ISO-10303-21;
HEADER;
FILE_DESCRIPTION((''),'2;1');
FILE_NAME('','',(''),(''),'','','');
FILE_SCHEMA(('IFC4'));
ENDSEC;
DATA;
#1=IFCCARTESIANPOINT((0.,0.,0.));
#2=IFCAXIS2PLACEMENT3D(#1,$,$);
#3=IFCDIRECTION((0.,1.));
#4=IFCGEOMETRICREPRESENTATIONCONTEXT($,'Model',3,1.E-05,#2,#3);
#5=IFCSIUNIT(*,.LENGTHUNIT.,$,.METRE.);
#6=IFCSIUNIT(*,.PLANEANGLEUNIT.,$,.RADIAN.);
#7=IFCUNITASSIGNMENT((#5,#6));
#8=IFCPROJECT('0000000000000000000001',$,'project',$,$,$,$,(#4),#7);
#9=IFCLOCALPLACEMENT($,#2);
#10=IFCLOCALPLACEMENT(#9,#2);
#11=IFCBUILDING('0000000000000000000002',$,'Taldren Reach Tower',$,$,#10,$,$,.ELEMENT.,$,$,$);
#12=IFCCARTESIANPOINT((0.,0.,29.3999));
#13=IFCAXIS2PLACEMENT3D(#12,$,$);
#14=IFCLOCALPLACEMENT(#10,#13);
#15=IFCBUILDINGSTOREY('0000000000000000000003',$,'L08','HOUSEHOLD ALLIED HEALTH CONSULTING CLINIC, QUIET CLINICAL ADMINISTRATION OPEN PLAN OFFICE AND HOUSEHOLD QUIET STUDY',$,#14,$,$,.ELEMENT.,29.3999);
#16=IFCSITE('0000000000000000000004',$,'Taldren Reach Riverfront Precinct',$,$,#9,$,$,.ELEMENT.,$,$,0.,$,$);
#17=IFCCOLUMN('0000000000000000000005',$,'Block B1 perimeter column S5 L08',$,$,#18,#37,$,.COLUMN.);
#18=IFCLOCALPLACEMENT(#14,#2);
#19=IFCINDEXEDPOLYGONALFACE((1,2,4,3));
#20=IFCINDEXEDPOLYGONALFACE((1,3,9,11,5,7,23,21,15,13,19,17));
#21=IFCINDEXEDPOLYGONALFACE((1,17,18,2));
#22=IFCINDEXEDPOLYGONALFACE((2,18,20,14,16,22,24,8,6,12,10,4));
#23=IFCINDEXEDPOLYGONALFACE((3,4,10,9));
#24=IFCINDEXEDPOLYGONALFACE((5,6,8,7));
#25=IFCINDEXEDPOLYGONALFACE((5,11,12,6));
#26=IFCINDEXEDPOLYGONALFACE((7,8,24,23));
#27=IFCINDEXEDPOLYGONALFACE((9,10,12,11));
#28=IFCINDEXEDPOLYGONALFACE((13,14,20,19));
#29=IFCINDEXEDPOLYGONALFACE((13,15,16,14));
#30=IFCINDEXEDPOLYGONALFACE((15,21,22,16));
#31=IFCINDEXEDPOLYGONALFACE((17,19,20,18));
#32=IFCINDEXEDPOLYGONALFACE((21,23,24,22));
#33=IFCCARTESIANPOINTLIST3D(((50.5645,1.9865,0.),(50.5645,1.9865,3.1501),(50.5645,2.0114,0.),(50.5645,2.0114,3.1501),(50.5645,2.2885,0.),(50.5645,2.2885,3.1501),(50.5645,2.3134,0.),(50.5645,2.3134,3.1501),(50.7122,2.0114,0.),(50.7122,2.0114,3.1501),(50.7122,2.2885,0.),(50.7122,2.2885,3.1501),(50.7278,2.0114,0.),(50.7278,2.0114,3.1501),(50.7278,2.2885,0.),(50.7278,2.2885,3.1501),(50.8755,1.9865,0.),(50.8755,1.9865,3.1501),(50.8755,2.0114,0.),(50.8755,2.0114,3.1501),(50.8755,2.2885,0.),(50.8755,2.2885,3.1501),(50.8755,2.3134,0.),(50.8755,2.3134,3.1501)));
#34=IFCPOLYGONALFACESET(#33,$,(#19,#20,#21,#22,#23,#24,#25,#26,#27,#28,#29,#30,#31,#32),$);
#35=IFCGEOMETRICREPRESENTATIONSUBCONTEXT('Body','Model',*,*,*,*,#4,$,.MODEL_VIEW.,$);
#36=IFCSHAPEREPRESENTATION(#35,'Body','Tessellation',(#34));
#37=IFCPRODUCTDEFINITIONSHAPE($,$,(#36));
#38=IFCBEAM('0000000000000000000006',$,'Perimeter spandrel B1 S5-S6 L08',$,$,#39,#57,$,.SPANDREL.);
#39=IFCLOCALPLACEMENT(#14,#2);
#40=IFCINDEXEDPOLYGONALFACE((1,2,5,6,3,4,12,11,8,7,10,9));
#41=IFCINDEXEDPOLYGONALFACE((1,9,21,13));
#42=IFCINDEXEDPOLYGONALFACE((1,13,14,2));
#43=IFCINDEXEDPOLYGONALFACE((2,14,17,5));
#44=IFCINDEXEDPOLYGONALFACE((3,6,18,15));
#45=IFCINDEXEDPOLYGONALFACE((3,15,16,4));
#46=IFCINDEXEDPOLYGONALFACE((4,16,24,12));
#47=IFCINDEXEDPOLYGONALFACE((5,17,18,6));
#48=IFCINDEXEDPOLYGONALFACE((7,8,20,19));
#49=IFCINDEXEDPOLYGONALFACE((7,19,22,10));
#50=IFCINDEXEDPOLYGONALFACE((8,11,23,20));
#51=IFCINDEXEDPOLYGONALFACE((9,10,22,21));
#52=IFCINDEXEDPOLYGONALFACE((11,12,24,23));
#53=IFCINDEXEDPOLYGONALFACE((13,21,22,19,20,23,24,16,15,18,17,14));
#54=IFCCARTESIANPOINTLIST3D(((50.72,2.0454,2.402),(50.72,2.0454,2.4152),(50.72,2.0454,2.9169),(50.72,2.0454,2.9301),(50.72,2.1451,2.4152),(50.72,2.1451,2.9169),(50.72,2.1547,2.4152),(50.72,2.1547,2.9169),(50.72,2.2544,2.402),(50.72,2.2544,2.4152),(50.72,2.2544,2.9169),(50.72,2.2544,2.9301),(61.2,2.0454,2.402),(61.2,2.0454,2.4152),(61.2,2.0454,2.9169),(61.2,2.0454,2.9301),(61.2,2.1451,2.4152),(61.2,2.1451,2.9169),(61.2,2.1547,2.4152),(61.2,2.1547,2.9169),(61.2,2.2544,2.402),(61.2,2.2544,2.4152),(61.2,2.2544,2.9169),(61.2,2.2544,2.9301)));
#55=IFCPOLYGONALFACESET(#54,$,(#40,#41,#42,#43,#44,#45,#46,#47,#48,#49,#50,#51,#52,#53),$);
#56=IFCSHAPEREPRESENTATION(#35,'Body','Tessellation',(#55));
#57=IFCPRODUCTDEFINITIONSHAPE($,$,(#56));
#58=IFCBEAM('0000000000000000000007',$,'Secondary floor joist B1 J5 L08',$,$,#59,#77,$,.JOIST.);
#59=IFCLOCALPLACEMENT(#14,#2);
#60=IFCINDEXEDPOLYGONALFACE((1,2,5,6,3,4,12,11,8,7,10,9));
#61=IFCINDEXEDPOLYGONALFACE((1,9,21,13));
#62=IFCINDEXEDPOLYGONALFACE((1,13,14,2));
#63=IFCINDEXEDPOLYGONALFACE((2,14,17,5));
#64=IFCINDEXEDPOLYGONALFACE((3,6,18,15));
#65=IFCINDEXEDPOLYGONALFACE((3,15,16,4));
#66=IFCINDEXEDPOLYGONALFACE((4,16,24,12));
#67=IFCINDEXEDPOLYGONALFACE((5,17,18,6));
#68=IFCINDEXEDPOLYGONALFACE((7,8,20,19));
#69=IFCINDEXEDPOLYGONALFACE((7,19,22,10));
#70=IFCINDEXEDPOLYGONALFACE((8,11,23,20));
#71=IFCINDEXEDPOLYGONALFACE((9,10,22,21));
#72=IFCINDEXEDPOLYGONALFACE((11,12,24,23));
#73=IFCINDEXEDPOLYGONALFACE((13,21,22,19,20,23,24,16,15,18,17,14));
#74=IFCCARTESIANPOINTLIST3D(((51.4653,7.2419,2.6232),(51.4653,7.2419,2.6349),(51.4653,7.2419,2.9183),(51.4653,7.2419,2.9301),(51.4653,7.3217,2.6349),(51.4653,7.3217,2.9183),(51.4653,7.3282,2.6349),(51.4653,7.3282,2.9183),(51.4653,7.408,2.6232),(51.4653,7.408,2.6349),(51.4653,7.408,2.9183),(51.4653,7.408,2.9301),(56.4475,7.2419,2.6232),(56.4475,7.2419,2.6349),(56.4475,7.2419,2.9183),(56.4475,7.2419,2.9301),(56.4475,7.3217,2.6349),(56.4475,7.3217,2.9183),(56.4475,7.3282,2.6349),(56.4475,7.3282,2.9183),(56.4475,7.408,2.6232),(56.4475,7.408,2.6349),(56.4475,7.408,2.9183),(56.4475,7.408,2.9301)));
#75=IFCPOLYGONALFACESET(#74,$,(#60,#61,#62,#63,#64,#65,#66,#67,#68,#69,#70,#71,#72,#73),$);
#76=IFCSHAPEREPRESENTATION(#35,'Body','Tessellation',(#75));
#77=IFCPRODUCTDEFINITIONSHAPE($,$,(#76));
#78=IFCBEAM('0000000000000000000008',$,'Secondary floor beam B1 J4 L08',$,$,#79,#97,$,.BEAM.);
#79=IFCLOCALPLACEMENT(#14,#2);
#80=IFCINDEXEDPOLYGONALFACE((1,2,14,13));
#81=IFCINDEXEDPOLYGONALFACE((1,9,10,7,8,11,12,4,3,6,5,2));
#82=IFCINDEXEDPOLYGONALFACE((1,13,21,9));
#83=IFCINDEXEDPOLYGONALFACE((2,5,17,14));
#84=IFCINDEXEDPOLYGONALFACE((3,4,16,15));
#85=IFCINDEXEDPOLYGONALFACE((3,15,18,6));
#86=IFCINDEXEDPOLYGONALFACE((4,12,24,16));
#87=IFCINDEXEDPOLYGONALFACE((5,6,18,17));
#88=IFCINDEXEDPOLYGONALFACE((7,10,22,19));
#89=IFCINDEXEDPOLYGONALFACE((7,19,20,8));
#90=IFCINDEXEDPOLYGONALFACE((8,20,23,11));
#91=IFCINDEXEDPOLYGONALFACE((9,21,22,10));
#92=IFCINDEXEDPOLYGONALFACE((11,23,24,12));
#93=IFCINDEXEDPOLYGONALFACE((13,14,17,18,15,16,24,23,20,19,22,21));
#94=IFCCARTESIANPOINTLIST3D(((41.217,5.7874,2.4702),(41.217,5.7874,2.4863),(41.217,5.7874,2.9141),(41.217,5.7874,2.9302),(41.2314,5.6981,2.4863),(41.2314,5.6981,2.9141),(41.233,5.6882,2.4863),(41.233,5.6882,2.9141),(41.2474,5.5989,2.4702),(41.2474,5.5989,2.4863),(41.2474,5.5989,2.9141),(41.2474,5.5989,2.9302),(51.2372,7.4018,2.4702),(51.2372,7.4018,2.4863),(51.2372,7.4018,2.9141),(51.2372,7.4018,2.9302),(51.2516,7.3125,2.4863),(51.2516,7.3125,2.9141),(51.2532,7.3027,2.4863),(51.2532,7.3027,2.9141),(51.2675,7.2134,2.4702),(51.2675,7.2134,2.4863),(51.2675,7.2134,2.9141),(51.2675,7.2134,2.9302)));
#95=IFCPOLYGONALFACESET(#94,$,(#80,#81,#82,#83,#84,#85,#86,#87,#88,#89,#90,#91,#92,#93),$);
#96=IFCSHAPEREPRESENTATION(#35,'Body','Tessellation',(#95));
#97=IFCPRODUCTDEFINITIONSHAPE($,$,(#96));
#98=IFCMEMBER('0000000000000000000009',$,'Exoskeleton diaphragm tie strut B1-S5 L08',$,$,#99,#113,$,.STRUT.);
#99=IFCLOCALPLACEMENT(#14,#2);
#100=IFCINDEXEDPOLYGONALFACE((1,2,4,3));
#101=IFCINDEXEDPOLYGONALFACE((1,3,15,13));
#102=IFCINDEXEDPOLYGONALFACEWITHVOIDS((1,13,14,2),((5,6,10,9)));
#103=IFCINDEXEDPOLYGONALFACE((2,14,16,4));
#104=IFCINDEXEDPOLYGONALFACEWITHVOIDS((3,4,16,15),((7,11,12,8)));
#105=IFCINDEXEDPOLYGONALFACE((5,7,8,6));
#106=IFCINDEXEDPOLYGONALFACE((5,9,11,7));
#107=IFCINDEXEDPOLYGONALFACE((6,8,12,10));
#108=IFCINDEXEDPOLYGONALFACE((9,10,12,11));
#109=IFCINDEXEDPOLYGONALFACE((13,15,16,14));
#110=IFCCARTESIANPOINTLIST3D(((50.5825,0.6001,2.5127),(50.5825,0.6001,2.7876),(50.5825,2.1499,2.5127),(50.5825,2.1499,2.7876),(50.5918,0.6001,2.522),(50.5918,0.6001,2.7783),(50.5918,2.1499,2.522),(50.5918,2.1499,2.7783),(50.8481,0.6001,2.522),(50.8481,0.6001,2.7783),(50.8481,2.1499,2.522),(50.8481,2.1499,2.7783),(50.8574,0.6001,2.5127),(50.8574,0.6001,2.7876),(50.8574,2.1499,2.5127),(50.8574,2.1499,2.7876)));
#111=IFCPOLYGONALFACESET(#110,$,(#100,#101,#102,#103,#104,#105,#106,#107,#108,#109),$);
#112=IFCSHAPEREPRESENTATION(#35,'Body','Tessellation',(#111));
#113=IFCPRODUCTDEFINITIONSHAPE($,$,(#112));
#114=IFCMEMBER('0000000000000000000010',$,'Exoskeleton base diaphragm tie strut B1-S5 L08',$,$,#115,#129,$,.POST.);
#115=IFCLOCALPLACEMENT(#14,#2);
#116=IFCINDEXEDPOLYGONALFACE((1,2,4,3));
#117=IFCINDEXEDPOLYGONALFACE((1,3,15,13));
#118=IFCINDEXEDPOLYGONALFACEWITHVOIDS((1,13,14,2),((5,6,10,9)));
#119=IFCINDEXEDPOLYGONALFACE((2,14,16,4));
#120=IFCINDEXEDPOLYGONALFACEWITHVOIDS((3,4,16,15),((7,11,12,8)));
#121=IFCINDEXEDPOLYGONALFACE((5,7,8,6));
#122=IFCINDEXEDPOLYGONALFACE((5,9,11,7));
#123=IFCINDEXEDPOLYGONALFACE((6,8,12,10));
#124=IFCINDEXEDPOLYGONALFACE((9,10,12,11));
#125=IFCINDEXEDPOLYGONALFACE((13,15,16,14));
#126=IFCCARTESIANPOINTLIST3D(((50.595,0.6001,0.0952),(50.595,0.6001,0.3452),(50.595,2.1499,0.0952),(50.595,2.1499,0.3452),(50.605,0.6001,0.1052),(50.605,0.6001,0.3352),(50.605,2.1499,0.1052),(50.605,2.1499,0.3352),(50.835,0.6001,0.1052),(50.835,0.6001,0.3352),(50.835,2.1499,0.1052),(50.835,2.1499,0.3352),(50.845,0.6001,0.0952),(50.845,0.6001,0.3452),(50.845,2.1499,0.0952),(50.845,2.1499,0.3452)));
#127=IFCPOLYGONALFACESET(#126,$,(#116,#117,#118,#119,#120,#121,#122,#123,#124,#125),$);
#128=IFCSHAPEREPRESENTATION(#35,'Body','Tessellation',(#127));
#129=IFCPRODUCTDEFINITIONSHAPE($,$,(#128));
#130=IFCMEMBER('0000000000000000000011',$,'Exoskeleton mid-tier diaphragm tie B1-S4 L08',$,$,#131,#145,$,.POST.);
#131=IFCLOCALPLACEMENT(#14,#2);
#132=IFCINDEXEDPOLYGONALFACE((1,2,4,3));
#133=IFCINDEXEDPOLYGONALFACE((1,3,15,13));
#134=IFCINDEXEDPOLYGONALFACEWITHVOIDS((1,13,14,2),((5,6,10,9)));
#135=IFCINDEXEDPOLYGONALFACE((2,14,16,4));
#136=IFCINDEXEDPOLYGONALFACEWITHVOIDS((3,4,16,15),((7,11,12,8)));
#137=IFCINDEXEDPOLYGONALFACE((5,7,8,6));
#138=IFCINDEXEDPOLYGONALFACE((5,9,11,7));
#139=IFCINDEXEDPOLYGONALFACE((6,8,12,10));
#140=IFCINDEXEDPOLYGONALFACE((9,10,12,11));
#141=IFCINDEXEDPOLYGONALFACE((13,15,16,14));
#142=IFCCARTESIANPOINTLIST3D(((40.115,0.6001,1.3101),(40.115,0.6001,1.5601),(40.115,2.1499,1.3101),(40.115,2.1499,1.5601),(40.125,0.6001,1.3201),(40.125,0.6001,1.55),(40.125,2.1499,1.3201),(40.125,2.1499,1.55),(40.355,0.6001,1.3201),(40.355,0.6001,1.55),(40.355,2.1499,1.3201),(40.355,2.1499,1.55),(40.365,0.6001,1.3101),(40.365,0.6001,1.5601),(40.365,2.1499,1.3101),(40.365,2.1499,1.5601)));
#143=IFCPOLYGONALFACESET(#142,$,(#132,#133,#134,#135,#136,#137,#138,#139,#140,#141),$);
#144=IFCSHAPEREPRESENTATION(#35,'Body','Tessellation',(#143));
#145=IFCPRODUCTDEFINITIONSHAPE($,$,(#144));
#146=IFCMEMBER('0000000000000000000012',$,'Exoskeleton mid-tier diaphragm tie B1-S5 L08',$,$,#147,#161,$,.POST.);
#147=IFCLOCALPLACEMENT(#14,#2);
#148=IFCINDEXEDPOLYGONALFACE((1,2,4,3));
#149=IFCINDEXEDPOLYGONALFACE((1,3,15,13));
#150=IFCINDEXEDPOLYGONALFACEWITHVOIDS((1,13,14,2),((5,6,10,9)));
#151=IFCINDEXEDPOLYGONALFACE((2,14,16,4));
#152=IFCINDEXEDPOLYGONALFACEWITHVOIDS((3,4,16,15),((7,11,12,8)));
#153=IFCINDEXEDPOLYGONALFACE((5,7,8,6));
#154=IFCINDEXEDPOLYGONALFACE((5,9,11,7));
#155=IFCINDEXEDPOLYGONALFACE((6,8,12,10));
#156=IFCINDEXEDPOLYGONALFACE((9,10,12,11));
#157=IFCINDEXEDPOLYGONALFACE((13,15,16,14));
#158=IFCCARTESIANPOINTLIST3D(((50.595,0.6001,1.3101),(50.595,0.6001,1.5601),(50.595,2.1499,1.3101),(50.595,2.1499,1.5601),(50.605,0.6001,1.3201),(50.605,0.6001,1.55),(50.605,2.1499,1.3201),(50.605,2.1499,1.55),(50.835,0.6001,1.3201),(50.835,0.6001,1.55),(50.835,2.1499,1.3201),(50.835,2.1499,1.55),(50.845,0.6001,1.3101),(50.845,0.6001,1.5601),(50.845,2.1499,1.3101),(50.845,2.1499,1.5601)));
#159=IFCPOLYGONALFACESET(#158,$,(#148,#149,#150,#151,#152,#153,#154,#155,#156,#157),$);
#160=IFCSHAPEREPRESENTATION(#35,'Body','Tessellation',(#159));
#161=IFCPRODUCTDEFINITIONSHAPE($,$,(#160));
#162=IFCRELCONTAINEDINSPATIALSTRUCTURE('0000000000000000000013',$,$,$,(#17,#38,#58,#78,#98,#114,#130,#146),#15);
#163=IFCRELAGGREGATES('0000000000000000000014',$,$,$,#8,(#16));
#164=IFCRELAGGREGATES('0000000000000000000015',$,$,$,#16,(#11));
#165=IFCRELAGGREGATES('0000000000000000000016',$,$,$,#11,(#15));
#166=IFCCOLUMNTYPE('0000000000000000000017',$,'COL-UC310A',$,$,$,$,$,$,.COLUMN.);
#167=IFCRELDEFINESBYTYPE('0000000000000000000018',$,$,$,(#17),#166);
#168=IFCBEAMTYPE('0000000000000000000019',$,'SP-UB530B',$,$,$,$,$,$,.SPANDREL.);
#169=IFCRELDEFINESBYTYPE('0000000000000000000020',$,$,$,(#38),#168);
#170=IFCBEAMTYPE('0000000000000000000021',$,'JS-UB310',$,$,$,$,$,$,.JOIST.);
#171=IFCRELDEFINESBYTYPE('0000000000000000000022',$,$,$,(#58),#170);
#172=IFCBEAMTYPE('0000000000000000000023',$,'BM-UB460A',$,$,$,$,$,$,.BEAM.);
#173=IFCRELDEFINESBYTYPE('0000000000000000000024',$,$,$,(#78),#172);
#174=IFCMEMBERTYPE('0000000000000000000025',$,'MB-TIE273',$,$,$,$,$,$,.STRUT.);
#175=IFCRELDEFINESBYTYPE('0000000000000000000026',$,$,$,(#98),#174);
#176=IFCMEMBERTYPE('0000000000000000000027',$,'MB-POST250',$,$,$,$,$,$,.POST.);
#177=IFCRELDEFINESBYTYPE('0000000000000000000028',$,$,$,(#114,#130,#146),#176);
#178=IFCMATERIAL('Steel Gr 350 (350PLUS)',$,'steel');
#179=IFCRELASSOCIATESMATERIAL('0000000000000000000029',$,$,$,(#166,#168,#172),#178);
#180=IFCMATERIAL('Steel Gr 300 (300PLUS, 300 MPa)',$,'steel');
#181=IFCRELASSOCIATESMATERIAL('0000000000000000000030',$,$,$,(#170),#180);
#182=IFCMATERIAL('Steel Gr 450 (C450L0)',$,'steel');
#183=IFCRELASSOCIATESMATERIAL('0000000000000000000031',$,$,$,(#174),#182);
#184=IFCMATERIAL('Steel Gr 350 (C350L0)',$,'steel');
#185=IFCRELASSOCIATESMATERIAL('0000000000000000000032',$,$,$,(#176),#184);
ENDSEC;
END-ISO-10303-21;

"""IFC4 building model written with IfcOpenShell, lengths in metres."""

from ifc_helpers import new_model, si_unit, direction, frame, origin, origin_2d, place, context, subcontext, project, spatial, hollow_rectangle, i_section, extrude, source, transform, mapped, material, material_profile, profile_set, type_object, element, save


model = new_model("IFC4")

# Units and contexts
model_context = context("Model", 3, precision=1e-05, world=origin(), true_north=direction((0.0, 1.0)))
body_context = subcontext(model_context, "Body", "Model", "MODEL_VIEW")
ifc_project = project(units=[si_unit("LENGTHUNIT", "METRE"), si_unit("PLANEANGLEUNIT", "RADIAN")], contexts=[model_context])

# Site, building, storey
site_placement = place(None, origin())
site = spatial("IfcSite", under=ifc_project, at=site_placement, Name="Taldren Reach Riverfront Precinct", CompositionType="ELEMENT", RefElevation=0.0)
building_placement = place(site_placement, origin())
building = spatial("IfcBuilding", under=site, at=building_placement, Name="Taldren Reach Tower", CompositionType="ELEMENT")
storey_placement = place(building_placement, frame((0.0, 0.0, 29.3999)))
storey = spatial("IfcBuildingStorey", under=building, at=storey_placement, Name="L08", Description="HOUSEHOLD ALLIED HEALTH CONSULTING CLINIC, QUIET CLINICAL ADMINISTRATION OPEN PLAN OFFICE AND HOUSEHOLD QUIET STUDY", CompositionType="ELEMENT", Elevation=29.3999)

# Column
ifc_material_1 = material(Name="Steel Gr 350 (350PLUS)", Category="steel")
ifc_material_profile_1 = material_profile(ifc_material_1, i_section(OverallWidth=0.311, OverallDepth=0.3269, WebThickness=0.0156, FlangeThickness=0.0249, at=origin_2d()), Name="310UC158")
ifc_profile_set_1 = profile_set([ifc_material_profile_1], Name="Steel Gr 350 (350PLUS)")
column_type = type_object("IfcColumnType", Name="COL-UC310A", PredefinedType="COLUMN", material=ifc_profile_set_1)
shared_shape_1 = source(origin(), body_context, "Body", "SweptSolid", [
    extrude(i_section(OverallWidth=0.311, OverallDepth=0.3269, WebThickness=0.0156, FlangeThickness=0.0249, at=origin_2d()), origin(), (0.0, 0.0, 1.0), 3.1501),
])
column_placement = place(storey_placement, frame((50.72, 2.1499, 0.0), z_axis=(0.0, 0.0, 1.0), x_axis=(1.0, 0.0, 0.0)))
element("IfcColumn", 1, at=column_placement, inside=storey, type_object=column_type, Name="Block B1 perimeter column S5 L08", PredefinedType="COLUMN", context=body_context, shape_type="MappedRepresentation", body=[
    mapped(shared_shape_1, transform((0.0, 0.0, 0.0), scale=1.0)),
])

# Beams
ifc_material_profile_2 = material_profile(ifc_material_1, i_section(OverallWidth=0.209, OverallDepth=0.5281, WebThickness=0.0095, FlangeThickness=0.0132, at=origin_2d()), Name="530UB82.0")
ifc_profile_set_2 = profile_set([ifc_material_profile_2], Name="Steel Gr 350 (350PLUS)")
beam_type_1 = type_object("IfcBeamType", Name="SP-UB530B", PredefinedType="SPANDREL", material=ifc_profile_set_2)
shared_shape_2 = source(origin(), body_context, "Body", "SweptSolid", [
    extrude(i_section(OverallWidth=0.209, OverallDepth=0.5281, WebThickness=0.0095, FlangeThickness=0.0132, at=origin_2d()), origin(), (0.0, 0.0, 1.0), 10.48),
])
beam_1_placement = place(storey_placement, frame((50.72, 2.1499, 2.666), z_axis=(1.0, 0.0, 0.0), x_axis=(0.0, 1.0, 0.0)))
element("IfcBeam", 2, at=beam_1_placement, inside=storey, type_object=beam_type_1, Name="Perimeter spandrel B1 S5-S6 L08", PredefinedType="SPANDREL", context=body_context, shape_type="MappedRepresentation", body=[
    mapped(shared_shape_2, transform((0.0, 0.0, 0.0), scale=1.0)),
])
ifc_material_2 = material(Name="Steel Gr 300 (300PLUS, 300 MPa)", Category="steel")
ifc_material_profile_3 = material_profile(ifc_material_2, i_section(OverallWidth=0.166, OverallDepth=0.3069, WebThickness=0.0066, FlangeThickness=0.0117, at=origin_2d()), Name="310UB46.2")
ifc_profile_set_3 = profile_set([ifc_material_profile_3], Name="Steel Gr 300 (300PLUS, 300 MPa)")
beam_type_2 = type_object("IfcBeamType", Name="JS-UB310", PredefinedType="JOIST", material=ifc_profile_set_3)
shared_shape_3 = source(origin(), body_context, "Body", "SweptSolid", [
    extrude(i_section(OverallWidth=0.166, OverallDepth=0.3069, WebThickness=0.0066, FlangeThickness=0.0117, at=origin_2d()), origin(), (0.0, 0.0, 1.0), 4.9822),
])
beam_2_placement = place(storey_placement, frame((51.4653, 7.325, 2.7766), z_axis=(1.0, 0.0, 0.0), x_axis=(0.0, 1.0, 0.0)))
element("IfcBeam", 3, at=beam_2_placement, inside=storey, type_object=beam_type_2, Name="Secondary floor joist B1 J5 L08", PredefinedType="JOIST", context=body_context, shape_type="MappedRepresentation", body=[
    mapped(shared_shape_3, transform((0.0, 0.0, 0.0), scale=1.0)),
])
ifc_material_profile_4 = material_profile(ifc_material_1, i_section(OverallWidth=0.1909, OverallDepth=0.46, WebThickness=0.01, FlangeThickness=0.0161, at=origin_2d()), Name="460UB82.1")
ifc_profile_set_4 = profile_set([ifc_material_profile_4], Name="Steel Gr 350 (350PLUS)")
beam_type_3 = type_object("IfcBeamType", Name="BM-UB460A", PredefinedType="BEAM", material=ifc_profile_set_4)
shared_shape_4 = source(origin(), body_context, "Body", "SweptSolid", [
    extrude(i_section(OverallWidth=0.1909, OverallDepth=0.46, WebThickness=0.01, FlangeThickness=0.0161, at=origin_2d()), origin(), (0.0, 0.0, 1.0), 10.1494),
])
beam_3_placement = place(storey_placement, frame((41.2322, 5.6931, 2.7002), z_axis=(0.987267, 0.159072, 0.0), x_axis=(-0.159072, 0.987267, 0.0)))
element("IfcBeam", 4, at=beam_3_placement, inside=storey, type_object=beam_type_3, Name="Secondary floor beam B1 J4 L08", PredefinedType="BEAM", context=body_context, shape_type="MappedRepresentation", body=[
    mapped(shared_shape_4, transform((0.0, 0.0, 0.0), scale=1.0)),
])

# Members
ifc_material_3 = material(Name="Steel Gr 450 (C450L0)", Category="steel")
ifc_material_profile_5 = material_profile(ifc_material_3, hollow_rectangle(XDim=0.2749, YDim=0.2749, WallThickness=0.0093, at=origin_2d()), Name="275x275x9.3SHS")
ifc_profile_set_5 = profile_set([ifc_material_profile_5], Name="Steel Gr 450 (C450L0)")
member_type_1 = type_object("IfcMemberType", Name="MB-TIE273", PredefinedType="STRUT", material=ifc_profile_set_5)
shared_shape_5 = source(origin(), body_context, "Body", "SweptSolid", [
    extrude(hollow_rectangle(XDim=0.2749, YDim=0.2749, WallThickness=0.0093, at=origin_2d()), origin(), (0.0, 0.0, 1.0), 1.5498),
])
member_placement = place(storey_placement, frame((50.72, 2.1499, 2.6501), z_axis=(0.0, -1.0, 0.0), x_axis=(1.0, 0.0, 0.0)))
element("IfcMember", 5, at=member_placement, inside=storey, type_object=member_type_1, Name="Exoskeleton diaphragm tie strut B1-S5 L08", PredefinedType="STRUT", context=body_context, shape_type="MappedRepresentation", body=[
    mapped(shared_shape_5, transform((0.0, 0.0, 0.0), scale=1.0)),
])
ifc_material_4 = material(Name="Steel Gr 350 (C350L0)", Category="steel")
ifc_material_profile_6 = material_profile(ifc_material_4, hollow_rectangle(XDim=0.25, YDim=0.25, WallThickness=0.01, at=origin_2d()), Name="250x250x10.0SHS")
ifc_profile_set_6 = profile_set([ifc_material_profile_6], Name="Steel Gr 350 (C350L0)")
member_type_2 = type_object("IfcMemberType", Name="MB-POST250", PredefinedType="POST", material=ifc_profile_set_6)
shared_shape_6 = source(origin(), body_context, "Body", "SweptSolid", [
    extrude(hollow_rectangle(XDim=0.25, YDim=0.25, WallThickness=0.01, at=origin_2d()), origin(), (0.0, 0.0, 1.0), 1.5498),
])
for number, where, z_axis, x_axis, name in (
    (6, (50.72, 2.1499, 0.2202), (0.0, -1.0, 0.0), (1.0, 0.0, 0.0), "Exoskeleton base diaphragm tie strut B1-S5 L08"),
    (7, (40.24, 2.1499, 1.4351), (0.0, -1.0, 0.0), (1.0, 0.0, 0.0), "Exoskeleton mid-tier diaphragm tie B1-S4 L08"),
    (8, (50.72, 2.1499, 1.4351), (0.0, -1.0, 0.0), (1.0, 0.0, 0.0), "Exoskeleton mid-tier diaphragm tie B1-S5 L08"),
):
    element("IfcMember", number, at=place(storey_placement, frame(where, z_axis=z_axis, x_axis=x_axis)), inside=storey, type_object=member_type_2, Name=name, PredefinedType="POST", context=body_context, shape_type="MappedRepresentation", body=[
        mapped(shared_shape_6, transform((0.0, 0.0, 0.0), scale=1.0)),
    ])

save(model, "model.ifc")
